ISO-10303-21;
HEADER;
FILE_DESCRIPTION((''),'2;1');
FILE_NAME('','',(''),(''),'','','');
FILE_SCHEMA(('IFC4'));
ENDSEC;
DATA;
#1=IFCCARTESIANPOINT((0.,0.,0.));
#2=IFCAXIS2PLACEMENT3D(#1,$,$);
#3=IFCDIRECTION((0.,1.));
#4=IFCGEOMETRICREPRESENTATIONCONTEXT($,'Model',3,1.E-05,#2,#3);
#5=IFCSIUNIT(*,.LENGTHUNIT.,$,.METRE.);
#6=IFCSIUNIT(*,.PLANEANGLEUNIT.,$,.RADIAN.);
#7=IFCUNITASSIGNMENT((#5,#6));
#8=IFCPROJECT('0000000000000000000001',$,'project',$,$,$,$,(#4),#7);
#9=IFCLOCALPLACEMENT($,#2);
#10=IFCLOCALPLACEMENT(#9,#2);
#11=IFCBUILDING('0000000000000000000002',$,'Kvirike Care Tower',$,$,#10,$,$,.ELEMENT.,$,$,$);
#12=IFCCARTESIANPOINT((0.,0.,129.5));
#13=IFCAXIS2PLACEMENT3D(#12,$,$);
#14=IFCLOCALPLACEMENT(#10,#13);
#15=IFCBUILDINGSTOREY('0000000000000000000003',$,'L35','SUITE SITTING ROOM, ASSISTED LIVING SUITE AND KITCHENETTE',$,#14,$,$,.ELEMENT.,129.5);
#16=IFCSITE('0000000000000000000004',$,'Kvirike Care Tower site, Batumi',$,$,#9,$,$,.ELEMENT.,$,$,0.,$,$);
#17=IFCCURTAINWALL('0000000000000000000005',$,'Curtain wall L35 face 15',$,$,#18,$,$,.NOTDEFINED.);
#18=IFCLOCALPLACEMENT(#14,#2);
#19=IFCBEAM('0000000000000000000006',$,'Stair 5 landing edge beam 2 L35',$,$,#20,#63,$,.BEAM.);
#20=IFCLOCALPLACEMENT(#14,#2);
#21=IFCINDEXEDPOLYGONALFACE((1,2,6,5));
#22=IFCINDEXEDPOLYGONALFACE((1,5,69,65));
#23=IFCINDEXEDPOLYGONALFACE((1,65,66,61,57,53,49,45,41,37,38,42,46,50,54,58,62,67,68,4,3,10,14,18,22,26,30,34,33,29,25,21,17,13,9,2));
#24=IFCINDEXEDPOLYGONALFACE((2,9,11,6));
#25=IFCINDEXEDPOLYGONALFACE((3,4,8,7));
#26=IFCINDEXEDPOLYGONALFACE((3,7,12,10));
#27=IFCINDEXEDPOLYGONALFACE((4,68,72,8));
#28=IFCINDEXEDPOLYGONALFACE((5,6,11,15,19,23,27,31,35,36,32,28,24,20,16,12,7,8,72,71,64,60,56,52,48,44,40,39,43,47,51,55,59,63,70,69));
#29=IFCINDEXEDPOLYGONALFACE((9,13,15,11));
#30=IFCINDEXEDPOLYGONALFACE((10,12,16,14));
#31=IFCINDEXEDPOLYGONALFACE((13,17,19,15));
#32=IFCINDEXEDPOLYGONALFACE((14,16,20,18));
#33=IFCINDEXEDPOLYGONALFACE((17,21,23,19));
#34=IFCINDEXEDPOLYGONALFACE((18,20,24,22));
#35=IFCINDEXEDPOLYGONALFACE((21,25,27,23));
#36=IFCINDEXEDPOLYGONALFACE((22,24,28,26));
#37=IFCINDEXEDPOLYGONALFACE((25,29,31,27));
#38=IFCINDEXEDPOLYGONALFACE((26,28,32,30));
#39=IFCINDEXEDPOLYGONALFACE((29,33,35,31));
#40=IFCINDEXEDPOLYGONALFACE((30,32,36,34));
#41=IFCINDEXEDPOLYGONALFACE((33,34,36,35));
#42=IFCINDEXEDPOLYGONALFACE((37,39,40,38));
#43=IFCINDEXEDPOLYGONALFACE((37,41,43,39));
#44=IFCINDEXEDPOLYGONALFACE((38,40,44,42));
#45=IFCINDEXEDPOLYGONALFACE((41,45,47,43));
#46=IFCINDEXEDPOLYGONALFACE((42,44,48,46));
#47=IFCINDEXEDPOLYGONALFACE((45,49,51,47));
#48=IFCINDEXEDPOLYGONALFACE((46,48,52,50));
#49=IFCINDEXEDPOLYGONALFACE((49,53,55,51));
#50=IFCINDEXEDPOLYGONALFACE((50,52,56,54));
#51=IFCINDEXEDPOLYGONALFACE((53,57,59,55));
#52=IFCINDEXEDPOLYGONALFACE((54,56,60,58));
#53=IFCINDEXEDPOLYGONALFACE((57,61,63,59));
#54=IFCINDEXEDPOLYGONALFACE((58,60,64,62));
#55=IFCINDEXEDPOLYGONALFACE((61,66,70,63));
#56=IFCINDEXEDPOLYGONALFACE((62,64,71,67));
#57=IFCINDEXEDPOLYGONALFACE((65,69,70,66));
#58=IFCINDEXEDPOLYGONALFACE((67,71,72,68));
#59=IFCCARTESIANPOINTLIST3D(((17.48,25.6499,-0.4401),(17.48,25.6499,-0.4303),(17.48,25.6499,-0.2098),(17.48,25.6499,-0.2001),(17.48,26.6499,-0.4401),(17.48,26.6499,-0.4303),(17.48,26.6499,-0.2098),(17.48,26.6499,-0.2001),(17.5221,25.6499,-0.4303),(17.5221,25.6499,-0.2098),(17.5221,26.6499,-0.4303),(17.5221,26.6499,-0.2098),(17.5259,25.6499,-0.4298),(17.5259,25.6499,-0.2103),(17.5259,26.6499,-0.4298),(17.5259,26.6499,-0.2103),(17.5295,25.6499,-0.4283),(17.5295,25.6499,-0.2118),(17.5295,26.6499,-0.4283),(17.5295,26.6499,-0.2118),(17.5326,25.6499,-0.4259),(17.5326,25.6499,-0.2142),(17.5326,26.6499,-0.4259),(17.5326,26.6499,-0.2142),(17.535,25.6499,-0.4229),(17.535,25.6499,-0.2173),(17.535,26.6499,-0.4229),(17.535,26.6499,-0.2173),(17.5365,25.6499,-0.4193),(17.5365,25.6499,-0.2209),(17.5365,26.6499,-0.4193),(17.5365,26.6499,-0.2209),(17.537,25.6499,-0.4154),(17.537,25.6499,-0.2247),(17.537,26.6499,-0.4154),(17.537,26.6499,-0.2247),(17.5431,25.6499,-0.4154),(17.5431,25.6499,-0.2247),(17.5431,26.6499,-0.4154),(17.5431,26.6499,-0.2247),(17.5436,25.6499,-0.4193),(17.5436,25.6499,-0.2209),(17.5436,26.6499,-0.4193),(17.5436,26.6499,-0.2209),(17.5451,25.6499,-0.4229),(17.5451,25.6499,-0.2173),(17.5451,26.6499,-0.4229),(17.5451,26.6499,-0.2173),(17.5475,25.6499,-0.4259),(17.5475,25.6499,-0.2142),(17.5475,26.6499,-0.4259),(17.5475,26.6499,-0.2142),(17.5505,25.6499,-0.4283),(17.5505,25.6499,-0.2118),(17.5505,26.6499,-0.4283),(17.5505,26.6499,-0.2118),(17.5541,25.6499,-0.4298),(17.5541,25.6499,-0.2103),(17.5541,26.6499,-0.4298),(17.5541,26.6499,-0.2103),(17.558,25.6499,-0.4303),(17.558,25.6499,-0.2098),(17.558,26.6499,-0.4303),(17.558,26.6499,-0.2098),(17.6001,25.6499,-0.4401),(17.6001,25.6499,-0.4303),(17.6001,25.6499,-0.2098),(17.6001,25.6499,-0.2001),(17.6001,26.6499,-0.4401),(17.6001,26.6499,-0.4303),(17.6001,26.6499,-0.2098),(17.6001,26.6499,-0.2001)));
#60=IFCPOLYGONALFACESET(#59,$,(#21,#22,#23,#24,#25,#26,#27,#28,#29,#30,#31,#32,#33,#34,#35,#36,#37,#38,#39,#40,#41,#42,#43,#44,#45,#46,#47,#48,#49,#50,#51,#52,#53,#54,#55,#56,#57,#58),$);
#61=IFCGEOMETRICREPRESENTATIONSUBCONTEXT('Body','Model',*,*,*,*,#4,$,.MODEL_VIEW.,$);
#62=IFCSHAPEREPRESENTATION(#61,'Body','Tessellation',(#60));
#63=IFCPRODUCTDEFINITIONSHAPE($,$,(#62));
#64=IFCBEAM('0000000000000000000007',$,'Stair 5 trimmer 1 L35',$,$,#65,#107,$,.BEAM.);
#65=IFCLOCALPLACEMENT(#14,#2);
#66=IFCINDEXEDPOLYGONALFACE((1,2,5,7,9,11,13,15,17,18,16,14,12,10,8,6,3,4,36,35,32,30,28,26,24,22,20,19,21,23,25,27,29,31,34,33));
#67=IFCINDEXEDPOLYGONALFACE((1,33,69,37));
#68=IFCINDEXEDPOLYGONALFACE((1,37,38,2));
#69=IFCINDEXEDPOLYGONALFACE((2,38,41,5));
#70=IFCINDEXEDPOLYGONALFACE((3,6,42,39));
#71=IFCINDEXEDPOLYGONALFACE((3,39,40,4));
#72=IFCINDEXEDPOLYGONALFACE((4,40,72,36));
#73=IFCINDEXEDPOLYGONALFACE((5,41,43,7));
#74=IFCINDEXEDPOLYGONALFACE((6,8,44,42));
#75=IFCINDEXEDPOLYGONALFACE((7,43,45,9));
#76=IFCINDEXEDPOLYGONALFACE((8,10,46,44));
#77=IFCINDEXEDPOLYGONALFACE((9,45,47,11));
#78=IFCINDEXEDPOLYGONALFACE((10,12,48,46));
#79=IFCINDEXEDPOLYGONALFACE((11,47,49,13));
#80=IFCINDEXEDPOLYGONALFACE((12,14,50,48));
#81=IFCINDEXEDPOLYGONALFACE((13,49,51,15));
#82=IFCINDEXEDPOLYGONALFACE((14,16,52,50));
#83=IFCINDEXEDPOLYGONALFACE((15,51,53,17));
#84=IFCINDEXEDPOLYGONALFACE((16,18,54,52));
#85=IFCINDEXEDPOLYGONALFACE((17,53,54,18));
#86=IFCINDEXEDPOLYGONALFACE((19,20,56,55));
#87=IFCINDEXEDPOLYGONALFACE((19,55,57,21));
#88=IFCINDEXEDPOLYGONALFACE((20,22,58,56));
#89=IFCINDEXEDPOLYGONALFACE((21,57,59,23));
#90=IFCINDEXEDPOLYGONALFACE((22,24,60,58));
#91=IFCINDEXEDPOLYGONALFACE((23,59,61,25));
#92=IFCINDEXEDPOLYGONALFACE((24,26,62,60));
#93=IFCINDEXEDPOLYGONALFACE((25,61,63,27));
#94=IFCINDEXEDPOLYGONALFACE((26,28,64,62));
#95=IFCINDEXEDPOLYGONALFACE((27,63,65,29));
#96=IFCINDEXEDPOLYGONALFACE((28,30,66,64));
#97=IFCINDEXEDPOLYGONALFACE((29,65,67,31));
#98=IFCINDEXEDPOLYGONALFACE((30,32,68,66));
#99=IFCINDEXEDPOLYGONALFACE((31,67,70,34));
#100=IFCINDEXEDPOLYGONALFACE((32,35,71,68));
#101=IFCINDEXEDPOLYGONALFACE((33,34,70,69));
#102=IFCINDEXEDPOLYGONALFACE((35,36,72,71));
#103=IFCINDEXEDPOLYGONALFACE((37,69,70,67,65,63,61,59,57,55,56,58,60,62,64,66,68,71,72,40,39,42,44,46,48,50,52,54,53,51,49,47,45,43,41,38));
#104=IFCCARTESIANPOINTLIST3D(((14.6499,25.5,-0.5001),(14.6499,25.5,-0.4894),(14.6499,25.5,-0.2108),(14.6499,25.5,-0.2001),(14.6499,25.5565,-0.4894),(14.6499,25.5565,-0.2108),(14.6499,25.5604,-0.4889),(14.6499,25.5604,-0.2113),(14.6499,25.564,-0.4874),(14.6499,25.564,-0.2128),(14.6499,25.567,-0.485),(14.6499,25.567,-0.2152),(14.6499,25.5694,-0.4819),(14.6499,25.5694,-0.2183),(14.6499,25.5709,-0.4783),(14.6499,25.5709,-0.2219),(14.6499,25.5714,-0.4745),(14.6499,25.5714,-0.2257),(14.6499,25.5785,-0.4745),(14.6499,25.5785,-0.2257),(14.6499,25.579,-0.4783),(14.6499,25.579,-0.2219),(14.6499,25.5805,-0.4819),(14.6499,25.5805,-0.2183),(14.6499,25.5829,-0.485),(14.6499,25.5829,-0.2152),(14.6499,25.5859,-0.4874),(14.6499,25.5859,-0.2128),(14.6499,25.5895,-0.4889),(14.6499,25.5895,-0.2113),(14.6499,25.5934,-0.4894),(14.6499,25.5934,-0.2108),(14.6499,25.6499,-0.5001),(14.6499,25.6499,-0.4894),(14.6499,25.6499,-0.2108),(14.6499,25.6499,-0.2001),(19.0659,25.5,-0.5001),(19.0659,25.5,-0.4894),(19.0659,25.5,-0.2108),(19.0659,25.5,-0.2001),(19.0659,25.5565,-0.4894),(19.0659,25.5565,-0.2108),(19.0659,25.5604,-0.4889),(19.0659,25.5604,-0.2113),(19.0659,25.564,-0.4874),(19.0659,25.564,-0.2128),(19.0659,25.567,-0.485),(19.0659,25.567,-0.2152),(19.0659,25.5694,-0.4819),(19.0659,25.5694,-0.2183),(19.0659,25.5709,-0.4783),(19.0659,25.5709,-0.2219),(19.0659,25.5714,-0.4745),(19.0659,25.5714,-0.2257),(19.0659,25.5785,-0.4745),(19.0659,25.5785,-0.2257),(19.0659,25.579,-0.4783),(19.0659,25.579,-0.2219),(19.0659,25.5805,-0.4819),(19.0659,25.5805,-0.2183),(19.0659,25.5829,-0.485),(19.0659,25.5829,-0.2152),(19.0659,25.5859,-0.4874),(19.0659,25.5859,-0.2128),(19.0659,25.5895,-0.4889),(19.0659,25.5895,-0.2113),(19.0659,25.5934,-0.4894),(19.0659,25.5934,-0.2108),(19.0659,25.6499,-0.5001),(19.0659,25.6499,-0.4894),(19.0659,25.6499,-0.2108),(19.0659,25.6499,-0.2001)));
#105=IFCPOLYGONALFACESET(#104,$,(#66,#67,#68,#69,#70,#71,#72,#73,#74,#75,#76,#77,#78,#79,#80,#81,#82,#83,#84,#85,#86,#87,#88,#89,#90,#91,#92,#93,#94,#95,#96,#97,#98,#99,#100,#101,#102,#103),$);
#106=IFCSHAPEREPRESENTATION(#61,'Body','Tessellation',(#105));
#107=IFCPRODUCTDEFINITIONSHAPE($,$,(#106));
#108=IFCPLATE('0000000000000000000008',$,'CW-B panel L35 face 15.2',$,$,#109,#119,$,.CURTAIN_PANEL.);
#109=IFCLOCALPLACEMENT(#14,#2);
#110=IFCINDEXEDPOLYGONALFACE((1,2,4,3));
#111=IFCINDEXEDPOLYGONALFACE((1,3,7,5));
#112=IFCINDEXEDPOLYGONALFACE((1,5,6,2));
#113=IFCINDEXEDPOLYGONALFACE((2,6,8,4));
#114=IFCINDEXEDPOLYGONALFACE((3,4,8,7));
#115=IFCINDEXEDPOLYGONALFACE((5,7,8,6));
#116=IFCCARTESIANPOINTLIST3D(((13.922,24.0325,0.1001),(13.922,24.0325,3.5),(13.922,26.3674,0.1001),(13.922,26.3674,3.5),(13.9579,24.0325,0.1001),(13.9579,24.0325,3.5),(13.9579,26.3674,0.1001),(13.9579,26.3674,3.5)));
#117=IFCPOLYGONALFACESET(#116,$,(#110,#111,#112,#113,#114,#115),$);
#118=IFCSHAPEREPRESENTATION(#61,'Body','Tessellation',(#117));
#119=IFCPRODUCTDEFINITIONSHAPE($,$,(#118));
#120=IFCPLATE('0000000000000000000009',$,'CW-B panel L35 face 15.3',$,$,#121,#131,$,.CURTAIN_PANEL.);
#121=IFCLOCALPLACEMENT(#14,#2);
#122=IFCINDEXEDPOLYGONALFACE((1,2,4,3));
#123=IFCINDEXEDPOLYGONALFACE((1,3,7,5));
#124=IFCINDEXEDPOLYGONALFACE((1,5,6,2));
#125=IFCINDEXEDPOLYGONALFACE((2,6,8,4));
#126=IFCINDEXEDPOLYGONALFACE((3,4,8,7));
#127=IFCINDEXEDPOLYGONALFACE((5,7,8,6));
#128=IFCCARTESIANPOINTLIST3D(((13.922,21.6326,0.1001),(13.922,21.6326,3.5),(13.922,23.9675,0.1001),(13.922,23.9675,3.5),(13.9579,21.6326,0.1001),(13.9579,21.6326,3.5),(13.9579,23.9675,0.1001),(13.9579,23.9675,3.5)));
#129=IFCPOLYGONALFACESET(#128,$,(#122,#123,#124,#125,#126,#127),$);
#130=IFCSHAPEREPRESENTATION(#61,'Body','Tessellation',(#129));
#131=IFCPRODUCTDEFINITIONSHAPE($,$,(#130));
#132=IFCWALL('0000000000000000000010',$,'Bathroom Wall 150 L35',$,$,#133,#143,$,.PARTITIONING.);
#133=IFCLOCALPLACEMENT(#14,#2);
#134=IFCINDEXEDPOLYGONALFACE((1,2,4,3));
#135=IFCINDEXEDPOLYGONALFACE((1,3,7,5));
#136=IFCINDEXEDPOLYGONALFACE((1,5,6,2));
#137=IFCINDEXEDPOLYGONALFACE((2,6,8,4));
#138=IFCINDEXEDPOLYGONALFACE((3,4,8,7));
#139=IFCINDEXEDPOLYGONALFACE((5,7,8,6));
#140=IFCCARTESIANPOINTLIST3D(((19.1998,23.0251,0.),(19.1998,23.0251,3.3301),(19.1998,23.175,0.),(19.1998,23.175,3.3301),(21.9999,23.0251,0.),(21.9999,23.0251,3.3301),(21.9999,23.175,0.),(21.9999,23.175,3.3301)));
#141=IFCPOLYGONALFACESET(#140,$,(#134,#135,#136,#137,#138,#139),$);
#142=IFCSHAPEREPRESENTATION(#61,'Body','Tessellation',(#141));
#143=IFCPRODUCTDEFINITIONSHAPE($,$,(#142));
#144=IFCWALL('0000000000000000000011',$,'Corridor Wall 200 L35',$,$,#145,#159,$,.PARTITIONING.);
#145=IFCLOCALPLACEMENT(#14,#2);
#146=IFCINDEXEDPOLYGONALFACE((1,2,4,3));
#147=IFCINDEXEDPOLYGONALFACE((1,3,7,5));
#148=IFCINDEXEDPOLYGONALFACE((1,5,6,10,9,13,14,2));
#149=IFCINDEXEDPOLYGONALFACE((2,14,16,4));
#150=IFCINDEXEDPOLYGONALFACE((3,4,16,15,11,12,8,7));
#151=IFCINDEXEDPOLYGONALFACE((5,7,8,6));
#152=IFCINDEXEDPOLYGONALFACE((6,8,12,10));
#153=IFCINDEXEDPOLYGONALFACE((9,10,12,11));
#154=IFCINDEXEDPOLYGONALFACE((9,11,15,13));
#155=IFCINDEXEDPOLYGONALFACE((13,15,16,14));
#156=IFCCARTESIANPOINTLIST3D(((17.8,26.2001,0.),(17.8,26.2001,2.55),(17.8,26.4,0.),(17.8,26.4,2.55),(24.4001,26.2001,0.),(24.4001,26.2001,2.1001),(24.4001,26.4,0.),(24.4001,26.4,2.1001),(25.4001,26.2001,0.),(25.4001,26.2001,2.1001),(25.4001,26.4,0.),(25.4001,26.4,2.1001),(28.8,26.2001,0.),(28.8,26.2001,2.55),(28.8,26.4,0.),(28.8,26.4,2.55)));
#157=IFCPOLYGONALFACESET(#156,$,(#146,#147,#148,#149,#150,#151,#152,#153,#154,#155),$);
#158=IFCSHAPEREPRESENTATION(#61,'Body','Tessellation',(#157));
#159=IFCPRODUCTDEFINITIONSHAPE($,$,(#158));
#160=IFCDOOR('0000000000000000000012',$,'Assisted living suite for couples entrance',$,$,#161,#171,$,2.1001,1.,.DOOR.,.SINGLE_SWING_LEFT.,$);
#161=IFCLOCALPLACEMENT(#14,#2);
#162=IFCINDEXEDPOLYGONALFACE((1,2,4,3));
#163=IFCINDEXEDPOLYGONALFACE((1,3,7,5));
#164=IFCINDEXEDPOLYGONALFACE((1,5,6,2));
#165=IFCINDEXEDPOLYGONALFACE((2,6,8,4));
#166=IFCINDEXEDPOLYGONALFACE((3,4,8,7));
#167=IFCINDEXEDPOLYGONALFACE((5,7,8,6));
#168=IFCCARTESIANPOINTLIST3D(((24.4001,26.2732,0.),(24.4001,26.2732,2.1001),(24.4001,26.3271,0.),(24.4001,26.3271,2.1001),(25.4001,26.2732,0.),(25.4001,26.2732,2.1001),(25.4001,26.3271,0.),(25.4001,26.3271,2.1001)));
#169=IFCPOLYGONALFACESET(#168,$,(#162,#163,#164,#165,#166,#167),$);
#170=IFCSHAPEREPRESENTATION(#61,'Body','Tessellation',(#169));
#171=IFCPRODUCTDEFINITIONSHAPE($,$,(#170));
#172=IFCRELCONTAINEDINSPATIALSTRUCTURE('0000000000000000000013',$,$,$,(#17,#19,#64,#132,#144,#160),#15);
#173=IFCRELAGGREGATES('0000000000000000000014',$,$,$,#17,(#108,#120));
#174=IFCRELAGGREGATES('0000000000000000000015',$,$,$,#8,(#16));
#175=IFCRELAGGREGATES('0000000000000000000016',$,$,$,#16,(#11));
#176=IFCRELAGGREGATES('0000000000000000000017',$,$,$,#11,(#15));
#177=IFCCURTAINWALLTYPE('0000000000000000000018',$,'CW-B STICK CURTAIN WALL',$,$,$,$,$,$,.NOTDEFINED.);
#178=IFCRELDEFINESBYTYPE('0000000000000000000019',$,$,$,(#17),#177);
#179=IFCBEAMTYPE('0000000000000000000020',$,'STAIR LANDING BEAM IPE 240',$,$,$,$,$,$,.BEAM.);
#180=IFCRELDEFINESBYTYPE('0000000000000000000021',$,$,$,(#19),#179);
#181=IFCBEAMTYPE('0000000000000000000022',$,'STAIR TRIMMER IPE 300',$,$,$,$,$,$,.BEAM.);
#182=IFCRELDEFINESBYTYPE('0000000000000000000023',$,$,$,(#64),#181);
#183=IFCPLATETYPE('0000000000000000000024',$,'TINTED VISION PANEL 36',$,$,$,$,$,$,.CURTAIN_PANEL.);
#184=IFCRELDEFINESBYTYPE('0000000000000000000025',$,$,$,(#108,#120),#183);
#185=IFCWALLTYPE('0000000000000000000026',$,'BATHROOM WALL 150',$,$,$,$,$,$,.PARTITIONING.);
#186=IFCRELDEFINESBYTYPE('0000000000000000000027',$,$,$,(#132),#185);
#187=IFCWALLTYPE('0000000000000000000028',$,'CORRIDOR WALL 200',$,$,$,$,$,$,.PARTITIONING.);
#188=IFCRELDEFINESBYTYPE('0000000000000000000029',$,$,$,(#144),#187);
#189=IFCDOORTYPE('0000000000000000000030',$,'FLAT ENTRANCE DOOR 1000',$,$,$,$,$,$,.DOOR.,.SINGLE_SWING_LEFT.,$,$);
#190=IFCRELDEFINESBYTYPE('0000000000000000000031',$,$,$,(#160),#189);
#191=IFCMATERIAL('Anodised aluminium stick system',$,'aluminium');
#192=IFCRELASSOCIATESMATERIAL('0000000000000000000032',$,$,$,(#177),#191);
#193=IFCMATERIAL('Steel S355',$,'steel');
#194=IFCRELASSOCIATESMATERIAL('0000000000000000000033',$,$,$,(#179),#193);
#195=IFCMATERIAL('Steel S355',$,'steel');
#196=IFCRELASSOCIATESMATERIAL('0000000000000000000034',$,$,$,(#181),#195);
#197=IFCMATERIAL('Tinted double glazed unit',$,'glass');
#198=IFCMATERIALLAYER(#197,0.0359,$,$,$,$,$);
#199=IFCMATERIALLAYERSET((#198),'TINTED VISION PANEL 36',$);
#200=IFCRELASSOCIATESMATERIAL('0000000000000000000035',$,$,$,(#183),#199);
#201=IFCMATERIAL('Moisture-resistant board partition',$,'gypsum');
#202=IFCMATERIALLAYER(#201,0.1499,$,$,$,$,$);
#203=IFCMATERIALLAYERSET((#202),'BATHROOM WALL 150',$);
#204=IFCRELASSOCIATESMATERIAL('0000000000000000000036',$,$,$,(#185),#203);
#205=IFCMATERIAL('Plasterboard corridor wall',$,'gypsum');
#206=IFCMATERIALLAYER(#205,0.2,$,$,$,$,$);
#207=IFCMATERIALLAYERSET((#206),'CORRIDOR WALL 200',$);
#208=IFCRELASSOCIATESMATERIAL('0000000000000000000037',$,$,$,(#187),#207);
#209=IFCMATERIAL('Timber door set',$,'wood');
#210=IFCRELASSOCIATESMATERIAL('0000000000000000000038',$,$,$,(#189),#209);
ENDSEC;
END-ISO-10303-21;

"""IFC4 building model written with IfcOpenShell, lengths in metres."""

from ifc_helpers import new_model, si_unit, direction, frame, frame_2d, origin, origin_2d, place, context, subcontext, project, spatial, rectangle, i_section, extrude, material, layer, layer_set, material_profile, profile_set, type_object, element, fill, aggregate, save


model = new_model("IFC4")

# Units and contexts
model_context = context("Model", 3, precision=1e-05, world=origin(), true_north=direction((0.0, 1.0)))
body_context = subcontext(model_context, "Body", "Model", "MODEL_VIEW")
ifc_project = project(units=[si_unit("LENGTHUNIT", "METRE"), si_unit("PLANEANGLEUNIT", "RADIAN")], contexts=[model_context])

# Site, building, storey
site_placement = place(None, origin())
site = spatial("IfcSite", under=ifc_project, at=site_placement, Name="Kvirike Care Tower site, Batumi", CompositionType="ELEMENT", RefElevation=0.0)
building_placement = place(site_placement, origin())
building = spatial("IfcBuilding", under=site, at=building_placement, Name="Kvirike Care Tower", CompositionType="ELEMENT")
storey_placement = place(building_placement, frame((0.0, 0.0, 129.5)))
storey = spatial("IfcBuildingStorey", under=building, at=storey_placement, Name="L35", Description="SUITE SITTING ROOM, ASSISTED LIVING SUITE AND KITCHENETTE", CompositionType="ELEMENT", Elevation=129.5)

# Curtain wall
ifc_material_1 = material(Name="Anodised aluminium stick system", Category="aluminium")
curtain_wall_type = type_object("IfcCurtainWallType", Name="CW-B STICK CURTAIN WALL", PredefinedType="NOTDEFINED", material=ifc_material_1)
curtain_wall_placement = place(storey_placement, origin())
curtain_wall = element("IfcCurtainWall", 1, at=curtain_wall_placement, inside=storey, type_object=curtain_wall_type, Name="Curtain wall L35 face 15", PredefinedType="NOTDEFINED")

# Beams
ifc_material_2 = material(Name="Steel S355", Category="steel")
ifc_material_profile_1 = material_profile(ifc_material_2, i_section(OverallWidth=0.1201, OverallDepth=0.24, WebThickness=0.0061, FlangeThickness=0.0098, FilletRadius=0.0149, at=origin_2d()), Name="IPE 240")
ifc_profile_set_1 = profile_set([ifc_material_profile_1], Name="Steel S355")
beam_type_1 = type_object("IfcBeamType", Name="STAIR LANDING BEAM IPE 240", PredefinedType="BEAM", material=ifc_profile_set_1)
for number, where, z_axis, x_axis, name in (
    (2, (17.54, 25.6499, -0.3201), (0.0, 1.0, 0.0), (-1.0, 0.0, 0.0), "Stair 5 landing edge beam 2 L35"),
):
    element("IfcBeam", number, at=place(storey_placement, frame(where, z_axis=z_axis, x_axis=x_axis)), inside=storey, type_object=beam_type_1, Name=name, PredefinedType="BEAM", context=body_context, shape_type="SweptSolid", body=[
        extrude(i_section(OverallWidth=0.1201, OverallDepth=0.24, WebThickness=0.0061, FlangeThickness=0.0098, FilletRadius=0.0149, at=origin_2d()), origin(), (0.0, 0.0, 1.0), 1.0),
    ])
ifc_material_3 = material(Name="Steel S355", Category="steel")
ifc_material_profile_2 = material_profile(ifc_material_3, i_section(OverallWidth=0.1499, OverallDepth=0.3, WebThickness=0.0071, FlangeThickness=0.0107, FilletRadius=0.0149, at=origin_2d()), Name="IPE 300")
ifc_profile_set_2 = profile_set([ifc_material_profile_2], Name="Steel S355")
beam_type_2 = type_object("IfcBeamType", Name="STAIR TRIMMER IPE 300", PredefinedType="BEAM", material=ifc_profile_set_2)
beam_1_placement = place(storey_placement, frame((14.6499, 25.575, -0.3501), z_axis=(1.0, 0.0, 0.0), x_axis=(0.0, 1.0, 0.0)))
element("IfcBeam", 3, at=beam_1_placement, inside=storey, type_object=beam_type_2, Name="Stair 5 trimmer 1 L35", PredefinedType="BEAM", context=body_context, shape_type="SweptSolid", body=[
    extrude(i_section(OverallWidth=0.1499, OverallDepth=0.3, WebThickness=0.0071, FlangeThickness=0.0107, FilletRadius=0.0149, at=origin_2d()), origin(), (0.0, 0.0, 1.0), 4.416),
])

# Plates
ifc_material_4 = material(Name="Tinted double glazed unit", Category="glass")
ifc_layer_1 = layer(ifc_material_4, 0.0359)
ifc_layer_set_1 = layer_set([ifc_layer_1], Name="TINTED VISION PANEL 36")
plate_type = type_object("IfcPlateType", Name="TINTED VISION PANEL 36", PredefinedType="CURTAIN_PANEL", material=ifc_layer_set_1)
plate_1_placement = place(storey_placement, frame((13.9399, 25.2, 0.1001), z_axis=(0.0, 0.0, 1.0), x_axis=(0.0, -1.0, 0.0)))
plate_1 = element("IfcPlate", 4, at=plate_1_placement, type_object=plate_type, Name="CW-B panel L35 face 15.2", PredefinedType="CURTAIN_PANEL", context=body_context, shape_type="SweptSolid", body=[
    extrude(rectangle(XDim=2.335, YDim=0.0359, at=origin_2d()), origin(), (0.0, 0.0, 1.0), 3.3999),
])
plate_2_placement = place(storey_placement, frame((13.9399, 22.8, 0.1001), z_axis=(0.0, 0.0, 1.0), x_axis=(0.0, -1.0, 0.0)))
plate_2 = element("IfcPlate", 5, at=plate_2_placement, type_object=plate_type, Name="CW-B panel L35 face 15.3", PredefinedType="CURTAIN_PANEL", context=body_context, shape_type="SweptSolid", body=[
    extrude(rectangle(XDim=2.335, YDim=0.0359, at=origin_2d()), origin(), (0.0, 0.0, 1.0), 3.3999),
])
aggregate(curtain_wall, [plate_1, plate_2])

# Wall
ifc_material_5 = material(Name="Moisture-resistant board partition", Category="gypsum")
ifc_layer_2 = layer(ifc_material_5, 0.1499)
ifc_layer_set_2 = layer_set([ifc_layer_2], Name="BATHROOM WALL 150")
wall_type_1 = type_object("IfcWallType", Name="BATHROOM WALL 150", PredefinedType="PARTITIONING", material=ifc_layer_set_2)
wall_1_placement = place(storey_placement, frame((19.2, 23.1001, 0.0), z_axis=(0.0, 0.0, 1.0), x_axis=(1.0, 0.0, 0.0)))
element("IfcWall", 6, at=wall_1_placement, inside=storey, type_object=wall_type_1, Name="Bathroom Wall 150 L35", PredefinedType="PARTITIONING", context=body_context, shape_type="SweptSolid", body=[
    extrude(rectangle(XDim=2.8, YDim=0.1499, at=frame_2d((1.3999, 0.0))), origin(), (0.0, 0.0, 1.0), 3.3301),
])

# Wall, opening, door
ifc_material_6 = material(Name="Plasterboard corridor wall", Category="gypsum")
ifc_layer_3 = layer(ifc_material_6, 0.2)
ifc_layer_set_3 = layer_set([ifc_layer_3], Name="CORRIDOR WALL 200")
wall_type_2 = type_object("IfcWallType", Name="CORRIDOR WALL 200", PredefinedType="PARTITIONING", material=ifc_layer_set_3)
wall_2_placement = place(storey_placement, frame((17.8, 26.3, 0.0), z_axis=(0.0, 0.0, 1.0), x_axis=(1.0, 0.0, 0.0)))
wall_2 = element("IfcWall", 7, at=wall_2_placement, inside=storey, type_object=wall_type_2, Name="Corridor Wall 200 L35", PredefinedType="PARTITIONING", context=body_context, shape_type="SweptSolid", body=[
    extrude(rectangle(XDim=11.0, YDim=0.2, at=frame_2d((5.5, 0.0))), origin(), (0.0, 0.0, 1.0), 2.55),
])
opening_1_placement = place(wall_2_placement, frame((6.6001, 0.0, 0.0)))
opening_1 = element("IfcOpeningElement", 8, at=opening_1_placement, cuts=wall_2, PredefinedType="OPENING", context=body_context, shape_type="SweptSolid", body=[
    extrude(rectangle(XDim=1.0, YDim=2.1001, at=frame_2d((0.5, 1.05))), frame((0.0, 0.1106, 0.0), z_axis=(0.0, -1.0, 0.0), x_axis=(1.0, 0.0, 0.0)), (0.0, 0.0, 1.0), 0.2209),
])
ifc_material_7 = material(Name="Timber door set", Category="wood")
door_type_1 = type_object("IfcDoorType", Name="FLAT ENTRANCE DOOR 1000", OperationType="SINGLE_SWING_LEFT", PredefinedType="DOOR", material=ifc_material_7)
door_1_placement = place(opening_1_placement, frame((1.0, 0.0, 0.0), z_axis=(0.0, 0.0, 1.0), x_axis=(-1.0, 0.0, 0.0)))
door_1 = element("IfcDoor", 9, at=door_1_placement, inside=storey, type_object=door_type_1, Name="Assisted living suite for couples entrance", OperationType="SINGLE_SWING_LEFT", OverallHeight=2.1001, OverallWidth=1.0, PredefinedType="DOOR", context=body_context, shape_type="SweptSolid", body=[
    extrude(rectangle(XDim=1.0, YDim=2.1001, at=frame_2d((0.5, 1.05))), frame((0.0, 0.0269, 0.0), z_axis=(0.0, -1.0, 0.0), x_axis=(1.0, 0.0, 0.0)), (0.0, 0.0, 1.0), 0.054),
])
fill(opening_1, door_1)

save(model, "model.ifc")
